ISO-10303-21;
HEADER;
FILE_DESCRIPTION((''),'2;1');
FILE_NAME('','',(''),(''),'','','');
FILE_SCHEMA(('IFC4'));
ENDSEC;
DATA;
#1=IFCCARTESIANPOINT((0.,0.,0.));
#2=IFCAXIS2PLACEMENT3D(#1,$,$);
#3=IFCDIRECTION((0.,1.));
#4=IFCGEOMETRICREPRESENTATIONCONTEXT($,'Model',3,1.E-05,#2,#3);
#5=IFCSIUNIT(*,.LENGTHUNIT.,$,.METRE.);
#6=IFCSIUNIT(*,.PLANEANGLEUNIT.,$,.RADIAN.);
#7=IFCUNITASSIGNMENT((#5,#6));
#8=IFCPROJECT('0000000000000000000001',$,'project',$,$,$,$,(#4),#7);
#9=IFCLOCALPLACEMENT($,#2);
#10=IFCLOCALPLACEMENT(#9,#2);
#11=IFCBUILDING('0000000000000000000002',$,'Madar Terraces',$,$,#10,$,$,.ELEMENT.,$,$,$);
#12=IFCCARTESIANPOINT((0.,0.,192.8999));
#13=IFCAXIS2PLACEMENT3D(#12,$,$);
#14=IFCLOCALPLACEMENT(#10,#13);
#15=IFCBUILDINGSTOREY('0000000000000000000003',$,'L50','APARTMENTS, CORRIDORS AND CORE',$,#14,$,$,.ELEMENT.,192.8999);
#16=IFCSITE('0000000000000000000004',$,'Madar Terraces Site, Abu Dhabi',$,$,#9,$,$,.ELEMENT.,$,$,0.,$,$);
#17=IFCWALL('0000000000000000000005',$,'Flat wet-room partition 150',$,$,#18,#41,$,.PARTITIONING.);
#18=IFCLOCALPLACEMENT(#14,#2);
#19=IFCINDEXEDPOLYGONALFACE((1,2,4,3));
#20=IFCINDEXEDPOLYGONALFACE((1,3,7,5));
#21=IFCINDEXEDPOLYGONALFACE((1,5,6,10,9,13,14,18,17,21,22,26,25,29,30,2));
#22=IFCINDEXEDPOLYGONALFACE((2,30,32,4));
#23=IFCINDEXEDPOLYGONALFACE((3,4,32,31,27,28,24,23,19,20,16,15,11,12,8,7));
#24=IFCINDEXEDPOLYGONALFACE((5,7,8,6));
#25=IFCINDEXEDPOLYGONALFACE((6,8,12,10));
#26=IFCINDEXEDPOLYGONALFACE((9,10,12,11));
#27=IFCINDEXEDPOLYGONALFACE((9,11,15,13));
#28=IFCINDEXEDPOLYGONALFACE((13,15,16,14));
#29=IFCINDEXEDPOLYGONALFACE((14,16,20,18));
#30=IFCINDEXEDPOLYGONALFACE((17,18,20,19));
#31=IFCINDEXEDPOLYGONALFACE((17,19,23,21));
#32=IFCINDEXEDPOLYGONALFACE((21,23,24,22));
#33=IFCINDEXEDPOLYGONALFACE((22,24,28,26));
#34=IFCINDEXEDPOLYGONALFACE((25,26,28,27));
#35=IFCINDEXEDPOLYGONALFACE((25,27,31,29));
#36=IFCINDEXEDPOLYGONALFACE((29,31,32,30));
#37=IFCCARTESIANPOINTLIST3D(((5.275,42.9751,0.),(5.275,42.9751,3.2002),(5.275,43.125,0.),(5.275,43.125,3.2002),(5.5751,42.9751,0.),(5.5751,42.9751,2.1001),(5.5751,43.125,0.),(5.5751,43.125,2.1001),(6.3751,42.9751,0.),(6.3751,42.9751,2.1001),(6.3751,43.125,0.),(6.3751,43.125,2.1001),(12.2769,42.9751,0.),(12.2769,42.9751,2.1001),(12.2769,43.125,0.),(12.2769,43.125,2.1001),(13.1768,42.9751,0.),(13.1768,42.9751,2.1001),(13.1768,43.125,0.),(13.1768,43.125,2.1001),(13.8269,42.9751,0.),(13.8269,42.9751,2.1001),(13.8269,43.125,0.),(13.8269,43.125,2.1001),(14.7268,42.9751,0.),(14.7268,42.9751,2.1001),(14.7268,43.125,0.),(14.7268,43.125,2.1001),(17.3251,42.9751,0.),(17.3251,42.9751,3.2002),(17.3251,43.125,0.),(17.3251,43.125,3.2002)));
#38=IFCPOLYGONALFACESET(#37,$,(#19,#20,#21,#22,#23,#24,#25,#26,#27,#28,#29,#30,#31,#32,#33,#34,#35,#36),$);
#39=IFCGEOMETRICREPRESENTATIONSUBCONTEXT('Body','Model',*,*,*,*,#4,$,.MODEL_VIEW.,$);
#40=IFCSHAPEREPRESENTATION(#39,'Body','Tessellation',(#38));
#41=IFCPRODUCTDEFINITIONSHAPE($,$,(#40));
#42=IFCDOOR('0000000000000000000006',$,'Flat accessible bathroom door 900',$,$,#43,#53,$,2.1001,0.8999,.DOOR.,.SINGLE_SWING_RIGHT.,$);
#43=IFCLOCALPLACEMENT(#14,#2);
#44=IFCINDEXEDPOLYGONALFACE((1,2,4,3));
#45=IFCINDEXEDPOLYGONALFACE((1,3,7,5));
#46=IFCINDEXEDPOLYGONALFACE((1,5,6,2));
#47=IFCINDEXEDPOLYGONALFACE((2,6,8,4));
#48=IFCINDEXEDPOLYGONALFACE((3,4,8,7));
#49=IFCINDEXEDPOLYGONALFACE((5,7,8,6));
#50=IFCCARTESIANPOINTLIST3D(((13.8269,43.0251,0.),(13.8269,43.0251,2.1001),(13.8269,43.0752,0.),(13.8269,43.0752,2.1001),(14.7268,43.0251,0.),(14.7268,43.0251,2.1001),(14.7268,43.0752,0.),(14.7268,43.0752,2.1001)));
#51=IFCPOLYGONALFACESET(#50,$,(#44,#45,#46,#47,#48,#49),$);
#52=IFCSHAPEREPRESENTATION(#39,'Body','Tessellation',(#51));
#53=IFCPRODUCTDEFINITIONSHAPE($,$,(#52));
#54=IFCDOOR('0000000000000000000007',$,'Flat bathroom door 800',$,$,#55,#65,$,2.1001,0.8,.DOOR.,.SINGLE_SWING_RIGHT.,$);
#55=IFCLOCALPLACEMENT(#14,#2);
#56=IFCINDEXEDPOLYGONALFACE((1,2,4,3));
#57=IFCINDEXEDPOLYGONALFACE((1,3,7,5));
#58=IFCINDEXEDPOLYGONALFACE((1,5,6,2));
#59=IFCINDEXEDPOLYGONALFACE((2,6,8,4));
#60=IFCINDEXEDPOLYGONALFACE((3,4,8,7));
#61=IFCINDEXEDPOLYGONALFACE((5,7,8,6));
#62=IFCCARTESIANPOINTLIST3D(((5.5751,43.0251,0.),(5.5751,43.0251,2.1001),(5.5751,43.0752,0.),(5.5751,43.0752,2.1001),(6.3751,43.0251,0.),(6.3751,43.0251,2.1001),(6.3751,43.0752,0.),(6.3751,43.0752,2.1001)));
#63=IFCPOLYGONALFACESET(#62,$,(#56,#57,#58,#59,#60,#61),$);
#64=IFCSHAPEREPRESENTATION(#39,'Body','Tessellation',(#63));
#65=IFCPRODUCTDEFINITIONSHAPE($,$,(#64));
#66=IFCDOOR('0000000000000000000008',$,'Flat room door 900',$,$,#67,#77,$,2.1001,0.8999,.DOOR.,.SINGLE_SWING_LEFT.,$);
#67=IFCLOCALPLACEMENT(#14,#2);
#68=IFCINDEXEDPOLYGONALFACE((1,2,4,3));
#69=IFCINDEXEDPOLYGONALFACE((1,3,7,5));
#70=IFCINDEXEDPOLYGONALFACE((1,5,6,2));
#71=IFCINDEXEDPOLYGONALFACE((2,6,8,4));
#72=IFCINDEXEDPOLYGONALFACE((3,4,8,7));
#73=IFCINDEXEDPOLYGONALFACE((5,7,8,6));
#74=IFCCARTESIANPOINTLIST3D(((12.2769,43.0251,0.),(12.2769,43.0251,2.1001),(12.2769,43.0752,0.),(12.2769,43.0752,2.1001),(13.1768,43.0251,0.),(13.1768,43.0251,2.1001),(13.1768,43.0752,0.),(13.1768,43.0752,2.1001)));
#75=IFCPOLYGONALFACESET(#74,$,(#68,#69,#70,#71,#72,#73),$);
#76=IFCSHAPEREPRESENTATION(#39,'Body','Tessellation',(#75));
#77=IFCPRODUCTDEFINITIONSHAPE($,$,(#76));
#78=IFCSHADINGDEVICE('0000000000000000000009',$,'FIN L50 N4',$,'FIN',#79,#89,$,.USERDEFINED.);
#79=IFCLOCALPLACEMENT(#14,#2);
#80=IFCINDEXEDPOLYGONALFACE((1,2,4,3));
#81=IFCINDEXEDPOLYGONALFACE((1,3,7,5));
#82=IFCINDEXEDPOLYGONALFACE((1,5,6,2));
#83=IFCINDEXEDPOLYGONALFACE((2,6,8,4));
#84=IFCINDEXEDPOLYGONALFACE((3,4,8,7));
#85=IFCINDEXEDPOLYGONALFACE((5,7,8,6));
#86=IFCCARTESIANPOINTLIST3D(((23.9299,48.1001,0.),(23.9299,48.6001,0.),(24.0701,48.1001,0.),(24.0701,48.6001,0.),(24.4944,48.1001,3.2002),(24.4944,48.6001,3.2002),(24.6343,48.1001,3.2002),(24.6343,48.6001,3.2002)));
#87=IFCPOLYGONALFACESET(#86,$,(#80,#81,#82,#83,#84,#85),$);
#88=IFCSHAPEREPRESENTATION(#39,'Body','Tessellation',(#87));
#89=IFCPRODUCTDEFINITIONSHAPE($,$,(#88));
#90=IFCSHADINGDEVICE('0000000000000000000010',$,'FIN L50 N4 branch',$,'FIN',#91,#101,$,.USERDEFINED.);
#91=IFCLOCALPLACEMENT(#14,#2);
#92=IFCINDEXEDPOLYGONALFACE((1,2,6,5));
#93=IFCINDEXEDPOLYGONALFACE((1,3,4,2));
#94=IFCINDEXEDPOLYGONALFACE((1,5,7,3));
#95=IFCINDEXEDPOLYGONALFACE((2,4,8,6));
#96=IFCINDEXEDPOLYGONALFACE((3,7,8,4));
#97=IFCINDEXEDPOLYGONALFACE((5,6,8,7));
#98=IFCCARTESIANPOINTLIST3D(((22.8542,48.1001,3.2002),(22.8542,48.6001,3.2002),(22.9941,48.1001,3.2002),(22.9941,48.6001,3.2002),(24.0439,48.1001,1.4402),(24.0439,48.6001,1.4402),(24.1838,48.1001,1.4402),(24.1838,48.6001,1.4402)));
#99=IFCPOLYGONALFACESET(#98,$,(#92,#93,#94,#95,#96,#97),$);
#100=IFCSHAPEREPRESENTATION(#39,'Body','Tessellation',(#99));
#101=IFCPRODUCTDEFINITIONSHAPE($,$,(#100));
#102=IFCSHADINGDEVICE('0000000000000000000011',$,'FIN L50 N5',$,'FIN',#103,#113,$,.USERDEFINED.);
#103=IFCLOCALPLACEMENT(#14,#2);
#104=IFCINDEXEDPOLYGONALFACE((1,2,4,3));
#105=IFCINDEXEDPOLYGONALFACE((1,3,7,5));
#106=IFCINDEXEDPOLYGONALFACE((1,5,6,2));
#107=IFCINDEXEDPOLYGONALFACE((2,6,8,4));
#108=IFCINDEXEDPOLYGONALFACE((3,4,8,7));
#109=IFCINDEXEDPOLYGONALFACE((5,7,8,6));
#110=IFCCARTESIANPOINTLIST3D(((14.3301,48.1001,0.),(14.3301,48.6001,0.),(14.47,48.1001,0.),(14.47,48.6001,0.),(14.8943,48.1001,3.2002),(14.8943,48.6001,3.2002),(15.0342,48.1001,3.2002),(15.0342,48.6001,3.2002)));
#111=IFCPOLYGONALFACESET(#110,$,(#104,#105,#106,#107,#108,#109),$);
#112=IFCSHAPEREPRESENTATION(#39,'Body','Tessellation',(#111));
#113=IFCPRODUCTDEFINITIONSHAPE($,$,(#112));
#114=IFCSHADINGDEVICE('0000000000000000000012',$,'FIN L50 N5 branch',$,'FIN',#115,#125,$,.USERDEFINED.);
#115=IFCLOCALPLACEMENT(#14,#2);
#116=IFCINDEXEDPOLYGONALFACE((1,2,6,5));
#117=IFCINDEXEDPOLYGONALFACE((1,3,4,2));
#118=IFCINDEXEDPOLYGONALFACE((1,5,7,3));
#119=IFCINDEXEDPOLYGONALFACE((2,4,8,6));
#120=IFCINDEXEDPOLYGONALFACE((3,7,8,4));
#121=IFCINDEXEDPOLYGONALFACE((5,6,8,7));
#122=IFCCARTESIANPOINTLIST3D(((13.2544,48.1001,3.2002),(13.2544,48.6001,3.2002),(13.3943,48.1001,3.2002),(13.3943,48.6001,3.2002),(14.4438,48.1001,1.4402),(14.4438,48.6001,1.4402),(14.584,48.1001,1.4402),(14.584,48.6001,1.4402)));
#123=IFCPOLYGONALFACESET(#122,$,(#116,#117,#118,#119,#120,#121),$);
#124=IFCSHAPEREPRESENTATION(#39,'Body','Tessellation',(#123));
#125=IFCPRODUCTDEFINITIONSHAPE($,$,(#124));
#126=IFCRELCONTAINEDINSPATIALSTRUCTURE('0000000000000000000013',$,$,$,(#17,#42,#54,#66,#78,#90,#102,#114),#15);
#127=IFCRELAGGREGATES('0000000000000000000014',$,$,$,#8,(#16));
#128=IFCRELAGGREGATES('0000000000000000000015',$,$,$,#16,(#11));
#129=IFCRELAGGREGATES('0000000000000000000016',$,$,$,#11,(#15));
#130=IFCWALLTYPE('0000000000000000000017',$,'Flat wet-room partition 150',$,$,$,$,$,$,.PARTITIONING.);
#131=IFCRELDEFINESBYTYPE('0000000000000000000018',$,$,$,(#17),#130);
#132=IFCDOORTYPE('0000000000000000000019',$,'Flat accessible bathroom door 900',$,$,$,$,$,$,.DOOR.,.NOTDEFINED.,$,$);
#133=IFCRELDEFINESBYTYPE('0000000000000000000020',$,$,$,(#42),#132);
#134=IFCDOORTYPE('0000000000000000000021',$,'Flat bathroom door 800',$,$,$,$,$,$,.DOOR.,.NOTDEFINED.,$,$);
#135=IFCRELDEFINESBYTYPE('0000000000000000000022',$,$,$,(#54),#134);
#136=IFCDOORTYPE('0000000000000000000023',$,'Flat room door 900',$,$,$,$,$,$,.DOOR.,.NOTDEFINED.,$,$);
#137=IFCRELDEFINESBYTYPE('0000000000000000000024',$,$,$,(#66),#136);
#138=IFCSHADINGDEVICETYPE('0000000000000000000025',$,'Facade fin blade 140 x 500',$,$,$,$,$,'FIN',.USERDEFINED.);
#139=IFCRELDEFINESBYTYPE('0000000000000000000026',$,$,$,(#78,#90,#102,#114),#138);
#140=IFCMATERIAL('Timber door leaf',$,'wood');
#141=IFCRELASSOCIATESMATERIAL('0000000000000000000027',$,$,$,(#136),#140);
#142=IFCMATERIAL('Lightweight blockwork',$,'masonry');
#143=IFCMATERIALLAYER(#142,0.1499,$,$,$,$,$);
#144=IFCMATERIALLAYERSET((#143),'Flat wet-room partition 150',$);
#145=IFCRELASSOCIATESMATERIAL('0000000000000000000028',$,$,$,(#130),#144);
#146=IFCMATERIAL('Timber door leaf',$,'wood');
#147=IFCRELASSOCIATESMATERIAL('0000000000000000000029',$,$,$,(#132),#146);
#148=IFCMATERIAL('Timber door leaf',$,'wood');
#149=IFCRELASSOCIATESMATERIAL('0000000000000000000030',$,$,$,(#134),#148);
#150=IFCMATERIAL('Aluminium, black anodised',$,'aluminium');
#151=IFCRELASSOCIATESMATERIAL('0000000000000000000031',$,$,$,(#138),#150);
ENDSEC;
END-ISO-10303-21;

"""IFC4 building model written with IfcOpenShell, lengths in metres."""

from ifc_helpers import new_model, si_unit, direction, frame, frame_2d, origin, place, context, subcontext, project, spatial, polyline, rectangle, outline, extrude, material, layer, layer_set, type_object, element, fill, save


model = new_model("IFC4")

# Units and contexts
model_context = context("Model", 3, precision=1e-05, world=origin(), true_north=direction((0.0, 1.0)))
body_context = subcontext(model_context, "Body", "Model", "MODEL_VIEW")
ifc_project = project(units=[si_unit("LENGTHUNIT", "METRE"), si_unit("PLANEANGLEUNIT", "RADIAN")], contexts=[model_context])

# Site, building, storey
site_placement = place(None, origin())
site = spatial("IfcSite", under=ifc_project, at=site_placement, Name="Madar Terraces Site, Abu Dhabi", CompositionType="ELEMENT", RefElevation=0.0)
building_placement = place(site_placement, origin())
building = spatial("IfcBuilding", under=site, at=building_placement, Name="Madar Terraces", CompositionType="ELEMENT")
storey_placement = place(building_placement, frame((0.0, 0.0, 192.8999)))
storey = spatial("IfcBuildingStorey", under=building, at=storey_placement, Name="L50", Description="APARTMENTS, CORRIDORS AND CORE", CompositionType="ELEMENT", Elevation=192.8999)

# Shared definitions
ifc_material_1 = material(Name="Timber door leaf", Category="wood")
door_type_1 = type_object("IfcDoorType", Name="Flat room door 900", OperationType="NOTDEFINED", PredefinedType="DOOR", material=ifc_material_1)

# Wall, openings, doors
ifc_material_2 = material(Name="Lightweight blockwork", Category="masonry")
ifc_layer_1 = layer(ifc_material_2, 0.1499)
ifc_layer_set_1 = layer_set([ifc_layer_1], Name="Flat wet-room partition 150")
wall_type_1 = type_object("IfcWallType", Name="Flat wet-room partition 150", PredefinedType="PARTITIONING", material=ifc_layer_set_1)
wall_1_placement = place(storey_placement, frame((17.325, 43.05, 0.0), z_axis=(0.0, 0.0, 1.0), x_axis=(-1.0, 0.0, 0.0)))
wall_1 = element("IfcWall", 1, at=wall_1_placement, inside=storey, type_object=wall_type_1, Name="Flat wet-room partition 150", PredefinedType="PARTITIONING", context=body_context, shape_type="SweptSolid", body=[
    extrude(rectangle(XDim=12.05, YDim=0.1499, at=frame_2d((6.0249, 0.0))), origin(), (0.0, 0.0, 1.0), 3.2002),
])
opening_1_placement = place(wall_1_placement, frame((2.5981, 0.0, 0.0)))
opening_1 = element("IfcOpeningElement", 2, at=opening_1_placement, cuts=wall_1, PredefinedType="OPENING", context=body_context, shape_type="SweptSolid", body=[
    extrude(rectangle(XDim=0.8999, YDim=2.1001, at=frame_2d((0.45, 1.05))), frame((0.0, 0.085, 0.0), z_axis=(0.0, -1.0, 0.0), x_axis=(1.0, 0.0, 0.0)), (0.0, 0.0, 1.0), 0.1699),
])
opening_2_placement = place(wall_1_placement, frame((4.1482, 0.0, 0.0)))
opening_2 = element("IfcOpeningElement", 3, at=opening_2_placement, cuts=wall_1, PredefinedType="OPENING", context=body_context, shape_type="SweptSolid", body=[
    extrude(rectangle(XDim=0.8999, YDim=2.1001, at=frame_2d((0.45, 1.05))), frame((0.0, 0.085, 0.0), z_axis=(0.0, -1.0, 0.0), x_axis=(1.0, 0.0, 0.0)), (0.0, 0.0, 1.0), 0.1699),
])
opening_3_placement = place(wall_1_placement, frame((10.95, 0.0, 0.0)))
opening_3 = element("IfcOpeningElement", 4, at=opening_3_placement, cuts=wall_1, PredefinedType="OPENING", context=body_context, shape_type="SweptSolid", body=[
    extrude(rectangle(XDim=0.8, YDim=2.1001, at=frame_2d((0.3999, 1.05))), frame((0.0, 0.085, 0.0), z_axis=(0.0, -1.0, 0.0), x_axis=(1.0, 0.0, 0.0)), (0.0, 0.0, 1.0), 0.1699),
])
ifc_material_3 = material(Name="Timber door leaf", Category="wood")
door_type_2 = type_object("IfcDoorType", Name="Flat accessible bathroom door 900", OperationType="NOTDEFINED", PredefinedType="DOOR", material=ifc_material_3)
door_1_placement = place(opening_1_placement, origin())
door_1 = element("IfcDoor", 5, at=door_1_placement, inside=storey, type_object=door_type_2, Name="Flat accessible bathroom door 900", OperationType="SINGLE_SWING_RIGHT", OverallHeight=2.1001, OverallWidth=0.8999, PredefinedType="DOOR", context=body_context, shape_type="SweptSolid", body=[
    extrude(rectangle(XDim=0.8999, YDim=2.1001, at=frame_2d((0.45, 1.05))), frame((0.0, 0.0249, 0.0), z_axis=(0.0, -1.0, 0.0), x_axis=(1.0, 0.0, 0.0)), (0.0, 0.0, 1.0), 0.05),
])
fill(opening_1, door_1)
ifc_material_4 = material(Name="Timber door leaf", Category="wood")
door_type_3 = type_object("IfcDoorType", Name="Flat bathroom door 800", OperationType="NOTDEFINED", PredefinedType="DOOR", material=ifc_material_4)
door_2_placement = place(opening_3_placement, origin())
door_2 = element("IfcDoor", 6, at=door_2_placement, inside=storey, type_object=door_type_3, Name="Flat bathroom door 800", OperationType="SINGLE_SWING_RIGHT", OverallHeight=2.1001, OverallWidth=0.8, PredefinedType="DOOR", context=body_context, shape_type="SweptSolid", body=[
    extrude(rectangle(XDim=0.8, YDim=2.1001, at=frame_2d((0.3999, 1.05))), frame((0.0, 0.0249, 0.0), z_axis=(0.0, -1.0, 0.0), x_axis=(1.0, 0.0, 0.0)), (0.0, 0.0, 1.0), 0.05),
])
fill(opening_3, door_2)
door_3_placement = place(opening_2_placement, origin())
door_3 = element("IfcDoor", 7, at=door_3_placement, inside=storey, type_object=door_type_1, Name="Flat room door 900", OperationType="SINGLE_SWING_LEFT", OverallHeight=2.1001, OverallWidth=0.8999, PredefinedType="DOOR", context=body_context, shape_type="SweptSolid", body=[
    extrude(rectangle(XDim=0.8999, YDim=2.1001, at=frame_2d((0.45, 1.05))), frame((0.0, 0.0249, 0.0), z_axis=(0.0, -1.0, 0.0), x_axis=(1.0, 0.0, 0.0)), (0.0, 0.0, 1.0), 0.05),
])
fill(opening_2, door_3)

# Shading devices
ifc_material_5 = material(Name="Aluminium, black anodised", Category="aluminium")
shading_device_type = type_object("IfcShadingDeviceType", Name="Facade fin blade 140 x 500", ElementType="FIN", PredefinedType="USERDEFINED", material=ifc_material_5)
shading_device_1_placement = place(storey_placement, frame((24.0701, 48.3501, 0.0), z_axis=(0.0, 0.0, 1.0), x_axis=(-1.0, 0.0, 0.0)))
element("IfcShadingDevice", 8, at=shading_device_1_placement, inside=storey, type_object=shading_device_type, Name="FIN L50 N4", ObjectType="FIN", PredefinedType="USERDEFINED", context=body_context, shape_type="SweptSolid", body=[
    extrude(outline(polyline([(0.0, 0.0), (0.1401, 0.0), (-0.4243, 3.2002), (-0.5642, 3.2002), (0.0, 0.0)])), frame((0.0, 0.25, 0.0), z_axis=(0.0, -1.0, 0.0), x_axis=(1.0, 0.0, 0.0)), (0.0, 0.0, 1.0), 0.5),
])
shading_device_2_placement = place(storey_placement, frame((24.1838, 48.3501, 1.4402), z_axis=(0.0, 0.0, 1.0), x_axis=(-1.0, 0.0, 0.0)))
element("IfcShadingDevice", 9, at=shading_device_2_placement, inside=storey, type_object=shading_device_type, Name="FIN L50 N4 branch", ObjectType="FIN", PredefinedType="USERDEFINED", context=body_context, shape_type="SweptSolid", body=[
    extrude(outline(polyline([(0.0, 0.0), (0.1399, 0.0), (1.3296, 1.76), (1.1897, 1.76), (0.0, 0.0)])), frame((0.0, 0.25, 0.0), z_axis=(0.0, -1.0, 0.0), x_axis=(1.0, 0.0, 0.0)), (0.0, 0.0, 1.0), 0.5),
])
shading_device_3_placement = place(storey_placement, frame((14.47, 48.3501, 0.0), z_axis=(0.0, 0.0, 1.0), x_axis=(-1.0, 0.0, 0.0)))
element("IfcShadingDevice", 10, at=shading_device_3_placement, inside=storey, type_object=shading_device_type, Name="FIN L50 N5", ObjectType="FIN", PredefinedType="USERDEFINED", context=body_context, shape_type="SweptSolid", body=[
    extrude(outline(polyline([(0.0, 0.0), (0.1399, 0.0), (-0.4243, 3.2002), (-0.5642, 3.2002), (0.0, 0.0)])), frame((0.0, 0.25, 0.0), z_axis=(0.0, -1.0, 0.0), x_axis=(1.0, 0.0, 0.0)), (0.0, 0.0, 1.0), 0.5),
])
shading_device_4_placement = place(storey_placement, frame((14.584, 48.3501, 1.4402), z_axis=(0.0, 0.0, 1.0), x_axis=(-1.0, 0.0, 0.0)))
element("IfcShadingDevice", 11, at=shading_device_4_placement, inside=storey, type_object=shading_device_type, Name="FIN L50 N5 branch", ObjectType="FIN", PredefinedType="USERDEFINED", context=body_context, shape_type="SweptSolid", body=[
    extrude(outline(polyline([(0.0, 0.0), (0.1401, 0.0), (1.3296, 1.76), (1.1897, 1.76), (0.0, 0.0)])), frame((0.0, 0.25, 0.0), z_axis=(0.0, -1.0, 0.0), x_axis=(1.0, 0.0, 0.0)), (0.0, 0.0, 1.0), 0.5),
])

save(model, "model.ifc")
